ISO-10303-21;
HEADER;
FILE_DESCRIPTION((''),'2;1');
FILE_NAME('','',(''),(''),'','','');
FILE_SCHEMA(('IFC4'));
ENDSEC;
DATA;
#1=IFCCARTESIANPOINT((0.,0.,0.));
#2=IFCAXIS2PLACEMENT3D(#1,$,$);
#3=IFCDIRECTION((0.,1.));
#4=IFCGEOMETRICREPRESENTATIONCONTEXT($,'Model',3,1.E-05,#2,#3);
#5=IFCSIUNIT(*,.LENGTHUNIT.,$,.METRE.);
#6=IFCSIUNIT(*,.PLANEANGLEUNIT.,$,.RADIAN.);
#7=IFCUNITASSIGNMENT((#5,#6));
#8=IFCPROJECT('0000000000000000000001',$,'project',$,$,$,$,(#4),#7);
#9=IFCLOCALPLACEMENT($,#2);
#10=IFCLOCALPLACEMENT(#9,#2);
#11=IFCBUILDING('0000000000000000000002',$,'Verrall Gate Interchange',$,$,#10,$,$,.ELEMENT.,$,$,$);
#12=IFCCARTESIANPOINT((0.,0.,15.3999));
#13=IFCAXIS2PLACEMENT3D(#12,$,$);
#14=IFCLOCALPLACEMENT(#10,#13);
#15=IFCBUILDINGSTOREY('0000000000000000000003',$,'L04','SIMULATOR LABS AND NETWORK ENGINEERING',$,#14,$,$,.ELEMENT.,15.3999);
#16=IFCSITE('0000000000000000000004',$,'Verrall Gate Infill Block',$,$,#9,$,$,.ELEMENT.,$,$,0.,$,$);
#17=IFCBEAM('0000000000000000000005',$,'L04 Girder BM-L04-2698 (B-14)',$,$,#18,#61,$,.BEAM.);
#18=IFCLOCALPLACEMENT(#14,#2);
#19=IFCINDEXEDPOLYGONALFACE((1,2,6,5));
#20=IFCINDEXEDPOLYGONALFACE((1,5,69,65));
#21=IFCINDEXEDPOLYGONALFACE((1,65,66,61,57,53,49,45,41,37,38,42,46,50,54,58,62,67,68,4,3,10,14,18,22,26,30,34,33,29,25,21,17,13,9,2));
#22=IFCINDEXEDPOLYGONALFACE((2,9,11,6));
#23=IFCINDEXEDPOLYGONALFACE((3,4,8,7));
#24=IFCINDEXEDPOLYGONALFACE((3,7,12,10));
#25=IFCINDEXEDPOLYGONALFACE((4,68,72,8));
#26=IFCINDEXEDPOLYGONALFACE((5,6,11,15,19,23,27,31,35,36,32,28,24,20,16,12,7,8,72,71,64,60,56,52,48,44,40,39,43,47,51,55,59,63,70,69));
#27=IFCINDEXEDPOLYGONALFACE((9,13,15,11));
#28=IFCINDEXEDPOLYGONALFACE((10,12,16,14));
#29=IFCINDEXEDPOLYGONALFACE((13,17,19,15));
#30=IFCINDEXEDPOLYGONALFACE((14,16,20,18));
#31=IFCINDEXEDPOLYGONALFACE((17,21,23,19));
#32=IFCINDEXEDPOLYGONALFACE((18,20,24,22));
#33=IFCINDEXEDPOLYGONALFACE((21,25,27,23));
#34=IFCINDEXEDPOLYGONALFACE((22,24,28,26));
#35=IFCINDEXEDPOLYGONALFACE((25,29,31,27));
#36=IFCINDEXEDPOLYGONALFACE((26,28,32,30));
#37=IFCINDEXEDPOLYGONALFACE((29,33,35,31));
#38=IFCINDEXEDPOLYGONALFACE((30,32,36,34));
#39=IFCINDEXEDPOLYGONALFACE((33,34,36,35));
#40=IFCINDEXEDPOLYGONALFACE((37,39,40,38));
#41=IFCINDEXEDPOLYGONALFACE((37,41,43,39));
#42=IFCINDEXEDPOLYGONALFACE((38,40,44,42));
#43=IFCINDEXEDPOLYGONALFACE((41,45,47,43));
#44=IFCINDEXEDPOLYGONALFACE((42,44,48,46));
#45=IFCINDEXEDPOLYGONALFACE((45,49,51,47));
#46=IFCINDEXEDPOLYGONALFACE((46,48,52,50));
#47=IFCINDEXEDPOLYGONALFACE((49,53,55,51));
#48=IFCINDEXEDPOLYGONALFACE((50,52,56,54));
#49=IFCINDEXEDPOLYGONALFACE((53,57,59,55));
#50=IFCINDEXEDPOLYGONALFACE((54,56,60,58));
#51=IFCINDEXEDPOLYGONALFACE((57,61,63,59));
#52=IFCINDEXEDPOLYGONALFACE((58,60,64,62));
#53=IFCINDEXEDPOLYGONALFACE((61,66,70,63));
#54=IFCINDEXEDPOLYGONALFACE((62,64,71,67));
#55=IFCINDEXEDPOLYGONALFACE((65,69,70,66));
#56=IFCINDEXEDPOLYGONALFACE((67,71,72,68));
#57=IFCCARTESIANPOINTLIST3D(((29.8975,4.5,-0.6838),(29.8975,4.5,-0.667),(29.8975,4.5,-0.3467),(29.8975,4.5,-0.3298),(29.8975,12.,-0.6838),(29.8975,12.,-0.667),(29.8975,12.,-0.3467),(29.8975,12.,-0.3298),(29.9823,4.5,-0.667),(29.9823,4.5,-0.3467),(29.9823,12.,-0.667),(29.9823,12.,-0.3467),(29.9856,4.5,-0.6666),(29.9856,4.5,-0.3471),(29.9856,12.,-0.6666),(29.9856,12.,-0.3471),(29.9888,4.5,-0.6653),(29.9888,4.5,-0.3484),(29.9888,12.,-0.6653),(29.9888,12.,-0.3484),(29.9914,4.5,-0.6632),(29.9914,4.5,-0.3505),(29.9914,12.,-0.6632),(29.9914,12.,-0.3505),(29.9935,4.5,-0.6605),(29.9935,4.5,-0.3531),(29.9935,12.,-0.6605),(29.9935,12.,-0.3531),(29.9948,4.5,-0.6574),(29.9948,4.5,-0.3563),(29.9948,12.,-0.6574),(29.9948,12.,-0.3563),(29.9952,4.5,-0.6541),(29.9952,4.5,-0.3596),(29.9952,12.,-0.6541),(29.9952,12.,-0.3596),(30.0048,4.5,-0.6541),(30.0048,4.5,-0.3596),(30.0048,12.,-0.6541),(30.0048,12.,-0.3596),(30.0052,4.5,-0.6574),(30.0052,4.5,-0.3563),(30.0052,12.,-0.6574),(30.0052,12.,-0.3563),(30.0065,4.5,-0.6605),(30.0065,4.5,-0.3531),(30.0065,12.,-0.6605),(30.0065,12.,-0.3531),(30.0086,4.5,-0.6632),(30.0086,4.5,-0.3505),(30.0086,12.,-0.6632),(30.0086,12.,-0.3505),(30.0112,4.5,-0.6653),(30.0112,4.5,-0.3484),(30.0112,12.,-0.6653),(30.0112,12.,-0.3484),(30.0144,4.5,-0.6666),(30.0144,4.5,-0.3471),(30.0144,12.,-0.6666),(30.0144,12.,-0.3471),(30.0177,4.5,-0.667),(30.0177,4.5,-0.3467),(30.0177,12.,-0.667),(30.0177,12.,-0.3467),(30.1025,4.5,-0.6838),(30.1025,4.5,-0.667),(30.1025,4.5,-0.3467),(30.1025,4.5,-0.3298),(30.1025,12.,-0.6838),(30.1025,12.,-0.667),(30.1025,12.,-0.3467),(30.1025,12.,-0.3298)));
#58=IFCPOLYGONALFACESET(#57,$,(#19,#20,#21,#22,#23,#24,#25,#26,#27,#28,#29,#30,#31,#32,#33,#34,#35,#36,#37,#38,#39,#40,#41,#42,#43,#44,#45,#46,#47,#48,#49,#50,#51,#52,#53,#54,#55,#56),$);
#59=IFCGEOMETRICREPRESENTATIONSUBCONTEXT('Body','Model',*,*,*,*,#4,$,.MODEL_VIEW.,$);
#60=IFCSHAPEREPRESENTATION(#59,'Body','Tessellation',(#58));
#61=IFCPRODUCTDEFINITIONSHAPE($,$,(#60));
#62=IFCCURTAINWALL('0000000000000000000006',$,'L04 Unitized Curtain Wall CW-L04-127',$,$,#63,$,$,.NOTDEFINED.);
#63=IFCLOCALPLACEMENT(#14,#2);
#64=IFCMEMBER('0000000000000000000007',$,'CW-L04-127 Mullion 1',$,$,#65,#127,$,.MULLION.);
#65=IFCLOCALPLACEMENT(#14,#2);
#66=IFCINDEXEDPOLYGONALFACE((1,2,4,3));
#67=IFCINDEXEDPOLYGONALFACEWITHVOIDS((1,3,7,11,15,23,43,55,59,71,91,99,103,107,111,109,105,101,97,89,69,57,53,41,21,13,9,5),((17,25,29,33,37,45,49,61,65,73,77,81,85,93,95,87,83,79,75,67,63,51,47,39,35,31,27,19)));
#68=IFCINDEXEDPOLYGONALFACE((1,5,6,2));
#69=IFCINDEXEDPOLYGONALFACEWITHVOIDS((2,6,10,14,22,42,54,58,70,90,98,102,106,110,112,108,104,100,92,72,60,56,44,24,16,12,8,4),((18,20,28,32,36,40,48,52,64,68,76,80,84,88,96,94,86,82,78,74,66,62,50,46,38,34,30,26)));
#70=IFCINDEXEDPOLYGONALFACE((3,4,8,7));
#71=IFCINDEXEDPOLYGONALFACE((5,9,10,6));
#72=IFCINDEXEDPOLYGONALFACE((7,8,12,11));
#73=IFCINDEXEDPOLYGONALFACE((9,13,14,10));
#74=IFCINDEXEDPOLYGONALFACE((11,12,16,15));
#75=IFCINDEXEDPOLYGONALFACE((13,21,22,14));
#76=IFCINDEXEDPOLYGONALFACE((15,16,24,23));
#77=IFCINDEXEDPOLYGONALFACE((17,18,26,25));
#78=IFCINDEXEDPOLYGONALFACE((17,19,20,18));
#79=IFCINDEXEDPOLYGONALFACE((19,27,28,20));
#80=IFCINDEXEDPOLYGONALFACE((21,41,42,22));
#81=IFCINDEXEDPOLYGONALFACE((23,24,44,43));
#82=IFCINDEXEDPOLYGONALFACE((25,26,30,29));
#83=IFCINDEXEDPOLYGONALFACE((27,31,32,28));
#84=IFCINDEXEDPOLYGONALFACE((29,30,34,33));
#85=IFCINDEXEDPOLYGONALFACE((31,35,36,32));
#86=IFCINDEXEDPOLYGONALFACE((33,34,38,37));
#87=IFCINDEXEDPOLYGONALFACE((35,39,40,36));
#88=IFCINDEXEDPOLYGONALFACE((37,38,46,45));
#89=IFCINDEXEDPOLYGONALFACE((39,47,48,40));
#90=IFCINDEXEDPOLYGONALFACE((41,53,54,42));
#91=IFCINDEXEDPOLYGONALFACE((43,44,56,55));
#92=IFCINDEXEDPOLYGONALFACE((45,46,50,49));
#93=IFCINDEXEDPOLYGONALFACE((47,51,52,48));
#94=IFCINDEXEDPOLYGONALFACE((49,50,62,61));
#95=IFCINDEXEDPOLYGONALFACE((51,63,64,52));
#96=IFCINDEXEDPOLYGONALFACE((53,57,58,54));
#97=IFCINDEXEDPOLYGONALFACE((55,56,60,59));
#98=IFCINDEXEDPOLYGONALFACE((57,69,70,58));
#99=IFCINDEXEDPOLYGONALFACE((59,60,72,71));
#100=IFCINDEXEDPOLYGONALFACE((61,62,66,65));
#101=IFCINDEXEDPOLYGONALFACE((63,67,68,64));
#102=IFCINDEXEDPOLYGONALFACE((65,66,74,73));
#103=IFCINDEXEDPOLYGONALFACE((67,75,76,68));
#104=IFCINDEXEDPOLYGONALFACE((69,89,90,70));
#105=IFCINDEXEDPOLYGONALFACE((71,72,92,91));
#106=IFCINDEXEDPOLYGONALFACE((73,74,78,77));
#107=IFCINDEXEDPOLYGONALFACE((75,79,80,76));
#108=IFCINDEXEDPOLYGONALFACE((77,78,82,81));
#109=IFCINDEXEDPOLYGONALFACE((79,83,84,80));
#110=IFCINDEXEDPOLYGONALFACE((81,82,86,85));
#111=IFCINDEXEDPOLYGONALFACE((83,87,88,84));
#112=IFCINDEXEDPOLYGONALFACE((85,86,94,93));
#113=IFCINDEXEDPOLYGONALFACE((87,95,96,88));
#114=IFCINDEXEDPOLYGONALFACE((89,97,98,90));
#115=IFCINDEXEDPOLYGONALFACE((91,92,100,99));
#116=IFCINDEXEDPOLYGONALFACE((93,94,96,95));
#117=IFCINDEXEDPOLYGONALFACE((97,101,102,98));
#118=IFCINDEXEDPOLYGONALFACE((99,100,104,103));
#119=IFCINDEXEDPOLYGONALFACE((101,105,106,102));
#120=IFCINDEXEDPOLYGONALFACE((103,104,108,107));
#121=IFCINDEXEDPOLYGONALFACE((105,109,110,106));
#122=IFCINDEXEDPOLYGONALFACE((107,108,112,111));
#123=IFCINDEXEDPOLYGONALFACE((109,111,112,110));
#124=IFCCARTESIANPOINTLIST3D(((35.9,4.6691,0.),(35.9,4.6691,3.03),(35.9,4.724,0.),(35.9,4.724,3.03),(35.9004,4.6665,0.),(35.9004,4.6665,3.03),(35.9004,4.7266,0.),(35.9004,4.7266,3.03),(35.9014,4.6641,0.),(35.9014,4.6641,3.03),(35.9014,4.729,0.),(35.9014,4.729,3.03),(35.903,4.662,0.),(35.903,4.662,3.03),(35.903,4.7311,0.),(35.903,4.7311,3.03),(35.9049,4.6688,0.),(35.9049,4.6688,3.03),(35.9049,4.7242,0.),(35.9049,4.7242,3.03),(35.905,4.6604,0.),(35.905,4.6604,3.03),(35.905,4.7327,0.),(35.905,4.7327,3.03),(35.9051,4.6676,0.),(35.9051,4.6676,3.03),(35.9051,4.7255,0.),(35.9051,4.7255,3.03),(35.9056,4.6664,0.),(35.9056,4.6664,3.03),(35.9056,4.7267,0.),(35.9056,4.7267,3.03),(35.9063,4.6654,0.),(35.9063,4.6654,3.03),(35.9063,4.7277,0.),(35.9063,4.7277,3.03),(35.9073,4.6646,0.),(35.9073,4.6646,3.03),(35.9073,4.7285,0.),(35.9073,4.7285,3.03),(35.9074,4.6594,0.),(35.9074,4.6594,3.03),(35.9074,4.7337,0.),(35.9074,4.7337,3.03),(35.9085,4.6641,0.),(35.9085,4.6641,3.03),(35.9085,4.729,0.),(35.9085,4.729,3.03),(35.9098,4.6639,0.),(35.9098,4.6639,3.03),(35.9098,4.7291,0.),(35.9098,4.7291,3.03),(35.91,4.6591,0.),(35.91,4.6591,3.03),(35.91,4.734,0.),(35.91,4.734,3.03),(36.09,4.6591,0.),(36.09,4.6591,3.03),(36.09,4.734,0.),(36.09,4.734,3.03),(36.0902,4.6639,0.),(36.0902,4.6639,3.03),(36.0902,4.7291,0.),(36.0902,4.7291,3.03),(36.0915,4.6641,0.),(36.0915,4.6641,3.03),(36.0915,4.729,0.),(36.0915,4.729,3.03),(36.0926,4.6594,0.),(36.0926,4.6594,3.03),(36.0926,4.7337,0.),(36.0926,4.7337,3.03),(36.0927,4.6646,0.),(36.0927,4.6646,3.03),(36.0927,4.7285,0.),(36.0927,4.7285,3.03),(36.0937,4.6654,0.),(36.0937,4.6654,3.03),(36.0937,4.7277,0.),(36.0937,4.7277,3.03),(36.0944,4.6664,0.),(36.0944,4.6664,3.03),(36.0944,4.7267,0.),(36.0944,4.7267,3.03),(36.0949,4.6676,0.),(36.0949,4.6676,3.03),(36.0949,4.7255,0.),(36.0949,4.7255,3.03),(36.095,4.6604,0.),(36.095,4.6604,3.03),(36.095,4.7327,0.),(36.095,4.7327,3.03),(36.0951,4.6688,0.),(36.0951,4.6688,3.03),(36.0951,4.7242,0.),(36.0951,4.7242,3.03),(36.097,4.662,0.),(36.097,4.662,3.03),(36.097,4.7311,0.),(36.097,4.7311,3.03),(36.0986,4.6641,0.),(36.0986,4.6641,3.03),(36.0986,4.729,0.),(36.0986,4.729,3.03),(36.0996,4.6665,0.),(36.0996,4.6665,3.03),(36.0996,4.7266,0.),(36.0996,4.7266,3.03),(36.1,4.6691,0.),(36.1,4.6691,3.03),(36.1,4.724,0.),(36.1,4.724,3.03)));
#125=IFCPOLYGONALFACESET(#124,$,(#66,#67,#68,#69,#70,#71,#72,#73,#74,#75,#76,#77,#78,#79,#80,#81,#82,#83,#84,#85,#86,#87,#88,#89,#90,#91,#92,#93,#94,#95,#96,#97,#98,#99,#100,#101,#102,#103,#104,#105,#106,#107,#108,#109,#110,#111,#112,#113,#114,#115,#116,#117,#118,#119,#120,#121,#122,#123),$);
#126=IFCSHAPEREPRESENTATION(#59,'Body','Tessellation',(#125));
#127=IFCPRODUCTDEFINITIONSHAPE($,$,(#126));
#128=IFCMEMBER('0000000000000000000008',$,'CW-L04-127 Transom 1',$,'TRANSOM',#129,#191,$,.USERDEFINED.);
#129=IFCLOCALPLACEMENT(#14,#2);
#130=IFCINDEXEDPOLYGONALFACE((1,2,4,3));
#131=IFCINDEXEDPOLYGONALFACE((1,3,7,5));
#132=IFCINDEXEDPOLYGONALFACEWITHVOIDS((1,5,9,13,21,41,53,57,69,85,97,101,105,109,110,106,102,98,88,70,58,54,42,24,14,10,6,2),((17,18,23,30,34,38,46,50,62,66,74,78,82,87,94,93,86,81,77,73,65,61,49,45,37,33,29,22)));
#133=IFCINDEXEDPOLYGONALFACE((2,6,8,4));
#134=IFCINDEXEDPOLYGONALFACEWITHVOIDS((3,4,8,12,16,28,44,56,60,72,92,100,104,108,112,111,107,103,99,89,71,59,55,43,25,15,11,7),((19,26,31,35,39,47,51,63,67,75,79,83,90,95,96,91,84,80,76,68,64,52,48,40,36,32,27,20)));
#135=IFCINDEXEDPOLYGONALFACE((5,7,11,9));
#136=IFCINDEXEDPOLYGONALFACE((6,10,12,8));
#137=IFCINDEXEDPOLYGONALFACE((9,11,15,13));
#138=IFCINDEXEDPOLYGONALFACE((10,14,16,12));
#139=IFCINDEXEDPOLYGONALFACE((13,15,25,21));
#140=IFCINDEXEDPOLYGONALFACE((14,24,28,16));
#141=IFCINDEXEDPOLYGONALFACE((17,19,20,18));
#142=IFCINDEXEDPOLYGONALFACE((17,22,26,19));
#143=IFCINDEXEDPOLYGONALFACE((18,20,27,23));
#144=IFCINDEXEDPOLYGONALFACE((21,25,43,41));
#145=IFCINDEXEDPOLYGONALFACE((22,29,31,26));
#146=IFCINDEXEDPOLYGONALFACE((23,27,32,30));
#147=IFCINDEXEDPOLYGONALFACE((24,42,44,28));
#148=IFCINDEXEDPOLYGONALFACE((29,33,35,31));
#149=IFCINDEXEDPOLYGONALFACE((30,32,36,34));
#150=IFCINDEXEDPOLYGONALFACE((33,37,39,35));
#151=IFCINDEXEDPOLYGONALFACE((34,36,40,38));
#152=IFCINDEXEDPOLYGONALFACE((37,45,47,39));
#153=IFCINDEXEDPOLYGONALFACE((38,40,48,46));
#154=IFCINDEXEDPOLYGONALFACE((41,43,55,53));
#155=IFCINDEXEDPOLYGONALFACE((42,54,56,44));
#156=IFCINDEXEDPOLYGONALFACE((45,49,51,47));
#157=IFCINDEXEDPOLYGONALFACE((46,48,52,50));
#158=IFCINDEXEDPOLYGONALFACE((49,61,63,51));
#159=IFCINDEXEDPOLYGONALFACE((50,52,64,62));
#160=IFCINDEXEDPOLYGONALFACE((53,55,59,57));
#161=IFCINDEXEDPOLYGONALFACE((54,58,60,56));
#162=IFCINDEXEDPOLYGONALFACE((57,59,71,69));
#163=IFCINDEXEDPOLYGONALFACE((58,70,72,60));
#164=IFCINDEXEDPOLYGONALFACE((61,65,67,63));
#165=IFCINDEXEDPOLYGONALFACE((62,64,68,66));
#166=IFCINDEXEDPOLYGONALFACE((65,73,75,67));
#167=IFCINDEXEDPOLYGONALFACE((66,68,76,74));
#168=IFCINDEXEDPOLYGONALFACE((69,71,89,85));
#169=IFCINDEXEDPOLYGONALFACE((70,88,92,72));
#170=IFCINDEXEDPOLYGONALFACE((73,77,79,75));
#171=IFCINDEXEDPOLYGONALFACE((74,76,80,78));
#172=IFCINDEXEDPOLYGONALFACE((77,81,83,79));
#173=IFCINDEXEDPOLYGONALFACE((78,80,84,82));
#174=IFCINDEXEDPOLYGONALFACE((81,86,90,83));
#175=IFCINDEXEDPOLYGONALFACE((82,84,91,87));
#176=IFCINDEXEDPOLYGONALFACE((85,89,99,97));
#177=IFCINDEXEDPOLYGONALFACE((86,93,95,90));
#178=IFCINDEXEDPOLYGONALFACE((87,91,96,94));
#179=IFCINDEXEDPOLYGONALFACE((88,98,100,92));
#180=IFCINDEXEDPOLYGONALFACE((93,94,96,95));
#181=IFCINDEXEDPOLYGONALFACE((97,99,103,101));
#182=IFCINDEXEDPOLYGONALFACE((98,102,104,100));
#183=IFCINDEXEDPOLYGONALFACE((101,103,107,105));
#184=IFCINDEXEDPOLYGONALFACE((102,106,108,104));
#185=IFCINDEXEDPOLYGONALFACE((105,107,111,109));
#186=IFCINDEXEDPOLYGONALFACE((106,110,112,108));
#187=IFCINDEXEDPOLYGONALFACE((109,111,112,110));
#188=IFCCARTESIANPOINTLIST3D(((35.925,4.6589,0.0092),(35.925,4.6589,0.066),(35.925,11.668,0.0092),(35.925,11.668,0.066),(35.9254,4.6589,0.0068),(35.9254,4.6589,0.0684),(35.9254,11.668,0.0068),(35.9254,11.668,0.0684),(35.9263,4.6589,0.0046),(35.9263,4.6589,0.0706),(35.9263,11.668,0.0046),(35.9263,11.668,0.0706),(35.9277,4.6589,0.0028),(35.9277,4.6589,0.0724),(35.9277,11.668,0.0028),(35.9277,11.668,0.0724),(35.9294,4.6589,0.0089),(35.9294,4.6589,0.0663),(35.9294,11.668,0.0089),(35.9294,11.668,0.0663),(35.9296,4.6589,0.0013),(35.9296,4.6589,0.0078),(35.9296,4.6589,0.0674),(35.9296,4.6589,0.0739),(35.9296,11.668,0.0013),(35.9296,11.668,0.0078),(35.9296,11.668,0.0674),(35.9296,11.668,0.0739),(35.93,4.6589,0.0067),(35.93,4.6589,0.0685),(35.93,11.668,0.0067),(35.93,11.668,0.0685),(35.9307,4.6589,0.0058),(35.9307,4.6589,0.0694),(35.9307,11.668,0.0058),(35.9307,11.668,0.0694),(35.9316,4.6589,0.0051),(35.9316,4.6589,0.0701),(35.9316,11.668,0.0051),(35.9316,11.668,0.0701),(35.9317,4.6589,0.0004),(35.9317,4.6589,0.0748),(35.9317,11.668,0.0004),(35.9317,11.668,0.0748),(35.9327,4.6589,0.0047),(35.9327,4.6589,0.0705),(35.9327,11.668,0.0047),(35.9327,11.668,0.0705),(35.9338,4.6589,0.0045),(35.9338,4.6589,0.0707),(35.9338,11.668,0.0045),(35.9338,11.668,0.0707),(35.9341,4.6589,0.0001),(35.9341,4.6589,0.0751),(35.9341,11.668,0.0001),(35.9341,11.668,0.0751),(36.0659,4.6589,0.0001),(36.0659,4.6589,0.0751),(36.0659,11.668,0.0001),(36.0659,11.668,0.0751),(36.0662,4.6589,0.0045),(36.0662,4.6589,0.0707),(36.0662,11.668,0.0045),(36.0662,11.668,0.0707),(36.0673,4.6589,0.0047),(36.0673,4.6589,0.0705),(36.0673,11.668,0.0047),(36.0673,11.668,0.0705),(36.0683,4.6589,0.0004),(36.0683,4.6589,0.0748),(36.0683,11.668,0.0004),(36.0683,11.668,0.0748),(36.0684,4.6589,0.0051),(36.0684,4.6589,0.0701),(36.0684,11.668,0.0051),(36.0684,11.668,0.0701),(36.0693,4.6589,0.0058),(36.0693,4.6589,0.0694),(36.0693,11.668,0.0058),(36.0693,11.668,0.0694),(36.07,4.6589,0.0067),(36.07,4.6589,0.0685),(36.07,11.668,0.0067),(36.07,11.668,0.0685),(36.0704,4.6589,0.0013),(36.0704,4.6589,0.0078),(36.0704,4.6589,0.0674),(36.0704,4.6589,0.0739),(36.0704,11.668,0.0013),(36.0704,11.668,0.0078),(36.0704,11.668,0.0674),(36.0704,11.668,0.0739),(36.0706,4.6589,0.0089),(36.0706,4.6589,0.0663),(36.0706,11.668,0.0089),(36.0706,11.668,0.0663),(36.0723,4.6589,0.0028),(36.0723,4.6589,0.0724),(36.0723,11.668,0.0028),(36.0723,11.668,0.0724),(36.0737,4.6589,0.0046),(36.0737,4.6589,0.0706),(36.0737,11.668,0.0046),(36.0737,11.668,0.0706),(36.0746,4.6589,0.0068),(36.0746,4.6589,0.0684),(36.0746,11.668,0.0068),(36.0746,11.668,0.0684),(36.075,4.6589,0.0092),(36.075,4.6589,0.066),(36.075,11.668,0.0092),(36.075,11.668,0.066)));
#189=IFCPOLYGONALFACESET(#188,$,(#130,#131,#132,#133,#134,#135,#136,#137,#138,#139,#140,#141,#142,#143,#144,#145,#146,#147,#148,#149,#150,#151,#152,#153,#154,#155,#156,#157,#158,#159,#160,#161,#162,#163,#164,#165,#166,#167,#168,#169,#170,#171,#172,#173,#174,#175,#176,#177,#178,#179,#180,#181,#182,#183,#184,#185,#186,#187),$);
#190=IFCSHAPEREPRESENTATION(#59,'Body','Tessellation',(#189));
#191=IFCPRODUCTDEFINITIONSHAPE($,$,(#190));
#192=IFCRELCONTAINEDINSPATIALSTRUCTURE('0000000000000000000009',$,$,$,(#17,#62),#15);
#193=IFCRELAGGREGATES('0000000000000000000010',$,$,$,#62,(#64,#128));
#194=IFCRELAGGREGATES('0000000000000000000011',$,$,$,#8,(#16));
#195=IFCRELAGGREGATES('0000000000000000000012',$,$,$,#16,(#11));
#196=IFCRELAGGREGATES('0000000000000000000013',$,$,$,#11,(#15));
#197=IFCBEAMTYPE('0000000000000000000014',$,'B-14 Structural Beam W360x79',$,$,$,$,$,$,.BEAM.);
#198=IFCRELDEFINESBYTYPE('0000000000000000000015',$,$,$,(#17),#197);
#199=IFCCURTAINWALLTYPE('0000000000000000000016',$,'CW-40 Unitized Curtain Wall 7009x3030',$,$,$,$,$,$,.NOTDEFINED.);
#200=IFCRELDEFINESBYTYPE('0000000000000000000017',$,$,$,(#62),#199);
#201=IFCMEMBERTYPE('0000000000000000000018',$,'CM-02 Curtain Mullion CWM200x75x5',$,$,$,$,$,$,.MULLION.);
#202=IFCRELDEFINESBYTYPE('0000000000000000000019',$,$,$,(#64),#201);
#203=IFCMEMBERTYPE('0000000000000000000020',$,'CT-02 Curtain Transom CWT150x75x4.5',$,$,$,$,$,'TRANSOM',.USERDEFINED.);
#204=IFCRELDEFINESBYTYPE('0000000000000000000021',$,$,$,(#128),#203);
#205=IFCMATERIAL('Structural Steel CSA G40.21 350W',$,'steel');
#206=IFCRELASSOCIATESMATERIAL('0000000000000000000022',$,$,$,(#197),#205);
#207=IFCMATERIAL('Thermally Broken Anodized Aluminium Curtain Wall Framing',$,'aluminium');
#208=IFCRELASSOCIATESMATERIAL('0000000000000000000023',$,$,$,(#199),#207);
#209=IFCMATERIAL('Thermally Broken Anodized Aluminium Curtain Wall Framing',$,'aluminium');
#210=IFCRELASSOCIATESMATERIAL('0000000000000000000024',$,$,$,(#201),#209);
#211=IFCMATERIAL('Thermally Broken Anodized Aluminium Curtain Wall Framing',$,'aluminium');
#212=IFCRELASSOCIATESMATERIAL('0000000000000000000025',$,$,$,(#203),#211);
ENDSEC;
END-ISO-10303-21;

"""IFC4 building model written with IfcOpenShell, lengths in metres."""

from ifc_helpers import new_model, si_unit, direction, frame, origin, origin_2d, place, context, subcontext, project, spatial, hollow_rectangle, i_section, extrude, material, material_profile, profile_set, type_object, element, aggregate, save


model = new_model("IFC4")

# Units and contexts
model_context = context("Model", 3, precision=1e-05, world=origin(), true_north=direction((0.0, 1.0)))
body_context = subcontext(model_context, "Body", "Model", "MODEL_VIEW")
ifc_project = project(units=[si_unit("LENGTHUNIT", "METRE"), si_unit("PLANEANGLEUNIT", "RADIAN")], contexts=[model_context])

# Site, building, storey
site_placement = place(None, origin())
site = spatial("IfcSite", under=ifc_project, at=site_placement, Name="Verrall Gate Infill Block", CompositionType="ELEMENT", RefElevation=0.0)
building_placement = place(site_placement, origin())
building = spatial("IfcBuilding", under=site, at=building_placement, Name="Verrall Gate Interchange", CompositionType="ELEMENT")
storey_placement = place(building_placement, frame((0.0, 0.0, 15.3999)))
storey = spatial("IfcBuildingStorey", under=building, at=storey_placement, Name="L04", Description="SIMULATOR LABS AND NETWORK ENGINEERING", CompositionType="ELEMENT", Elevation=15.3999)

# Beam
ifc_material_1 = material(Name="Structural Steel CSA G40.21 350W", Category="steel")
ifc_material_profile_1 = material_profile(ifc_material_1, i_section(OverallWidth=0.2051, OverallDepth=0.354, WebThickness=0.0095, FlangeThickness=0.0168, FilletRadius=0.0129, at=origin_2d()), Name="W360x79")
ifc_profile_set_1 = profile_set([ifc_material_profile_1], Name="Structural Steel CSA G40.21 350W")
beam_type_1 = type_object("IfcBeamType", Name="B-14 Structural Beam W360x79", PredefinedType="BEAM", material=ifc_profile_set_1)
beam_1_placement = place(storey_placement, frame((30.0, 4.5, -0.5068), z_axis=(0.0, 1.0, 0.0), x_axis=(-1.0, 0.0, 0.0)))
element("IfcBeam", 1, at=beam_1_placement, inside=storey, type_object=beam_type_1, Name="L04 Girder BM-L04-2698 (B-14)", PredefinedType="BEAM", context=body_context, shape_type="SweptSolid", body=[
    extrude(i_section(OverallWidth=0.2051, OverallDepth=0.354, WebThickness=0.0095, FlangeThickness=0.0168, FilletRadius=0.0129, at=origin_2d()), origin(), (0.0, 0.0, 1.0), 7.5),
])

# Curtain wall, members
ifc_material_2 = material(Name="Thermally Broken Anodized Aluminium Curtain Wall Framing", Category="aluminium")
curtain_wall_type = type_object("IfcCurtainWallType", Name="CW-40 Unitized Curtain Wall 7009x3030", PredefinedType="NOTDEFINED", material=ifc_material_2)
curtain_wall_placement = place(storey_placement, origin())
curtain_wall = element("IfcCurtainWall", 2, at=curtain_wall_placement, inside=storey, type_object=curtain_wall_type, Name="L04 Unitized Curtain Wall CW-L04-127", PredefinedType="NOTDEFINED")
ifc_material_3 = material(Name="Thermally Broken Anodized Aluminium Curtain Wall Framing", Category="aluminium")
ifc_material_profile_2 = material_profile(ifc_material_3, hollow_rectangle(XDim=0.075, YDim=0.2, WallThickness=0.0049, InnerFilletRadius=0.0049, OuterFilletRadius=0.01, at=origin_2d()), Name="CWM200x75x5")
ifc_profile_set_2 = profile_set([ifc_material_profile_2], Name="Thermally Broken Anodized Aluminium Curtain Wall Framing")
member_type_1 = type_object("IfcMemberType", Name="CM-02 Curtain Mullion CWM200x75x5", PredefinedType="MULLION", material=ifc_profile_set_2)
member_1_placement = place(storey_placement, frame((36.0, 4.6965, 0.0), z_axis=(0.0, 0.0, 1.0), x_axis=(0.0, 1.0, 0.0)))
member_1 = element("IfcMember", 3, at=member_1_placement, type_object=member_type_1, Name="CW-L04-127 Mullion 1", PredefinedType="MULLION", context=body_context, shape_type="SweptSolid", body=[
    extrude(hollow_rectangle(XDim=0.075, YDim=0.2, WallThickness=0.0049, InnerFilletRadius=0.0049, OuterFilletRadius=0.01, at=origin_2d()), origin(), (0.0, 0.0, 1.0), 3.03),
])
ifc_material_4 = material(Name="Thermally Broken Anodized Aluminium Curtain Wall Framing", Category="aluminium")
ifc_material_profile_3 = material_profile(ifc_material_4, hollow_rectangle(XDim=0.1499, YDim=0.075, WallThickness=0.0044, InnerFilletRadius=0.0044, OuterFilletRadius=0.009, at=origin_2d()), Name="CWT150x75x4.5")
ifc_profile_set_3 = profile_set([ifc_material_profile_3], Name="Thermally Broken Anodized Aluminium Curtain Wall Framing")
member_type_2 = type_object("IfcMemberType", Name="CT-02 Curtain Transom CWT150x75x4.5", ElementType="TRANSOM", PredefinedType="USERDEFINED", material=ifc_profile_set_3)
member_2_placement = place(storey_placement, frame((36.0, 4.6589, 0.0376), z_axis=(0.0, 1.0, 0.0), x_axis=(-1.0, 0.0, 0.0)))
member_2 = element("IfcMember", 4, at=member_2_placement, type_object=member_type_2, Name="CW-L04-127 Transom 1", ObjectType="TRANSOM", PredefinedType="USERDEFINED", context=body_context, shape_type="SweptSolid", body=[
    extrude(hollow_rectangle(XDim=0.1499, YDim=0.075, WallThickness=0.0044, InnerFilletRadius=0.0044, OuterFilletRadius=0.009, at=origin_2d()), origin(), (0.0, 0.0, 1.0), 7.009),
])
aggregate(curtain_wall, [member_1, member_2])

save(model, "model.ifc")
